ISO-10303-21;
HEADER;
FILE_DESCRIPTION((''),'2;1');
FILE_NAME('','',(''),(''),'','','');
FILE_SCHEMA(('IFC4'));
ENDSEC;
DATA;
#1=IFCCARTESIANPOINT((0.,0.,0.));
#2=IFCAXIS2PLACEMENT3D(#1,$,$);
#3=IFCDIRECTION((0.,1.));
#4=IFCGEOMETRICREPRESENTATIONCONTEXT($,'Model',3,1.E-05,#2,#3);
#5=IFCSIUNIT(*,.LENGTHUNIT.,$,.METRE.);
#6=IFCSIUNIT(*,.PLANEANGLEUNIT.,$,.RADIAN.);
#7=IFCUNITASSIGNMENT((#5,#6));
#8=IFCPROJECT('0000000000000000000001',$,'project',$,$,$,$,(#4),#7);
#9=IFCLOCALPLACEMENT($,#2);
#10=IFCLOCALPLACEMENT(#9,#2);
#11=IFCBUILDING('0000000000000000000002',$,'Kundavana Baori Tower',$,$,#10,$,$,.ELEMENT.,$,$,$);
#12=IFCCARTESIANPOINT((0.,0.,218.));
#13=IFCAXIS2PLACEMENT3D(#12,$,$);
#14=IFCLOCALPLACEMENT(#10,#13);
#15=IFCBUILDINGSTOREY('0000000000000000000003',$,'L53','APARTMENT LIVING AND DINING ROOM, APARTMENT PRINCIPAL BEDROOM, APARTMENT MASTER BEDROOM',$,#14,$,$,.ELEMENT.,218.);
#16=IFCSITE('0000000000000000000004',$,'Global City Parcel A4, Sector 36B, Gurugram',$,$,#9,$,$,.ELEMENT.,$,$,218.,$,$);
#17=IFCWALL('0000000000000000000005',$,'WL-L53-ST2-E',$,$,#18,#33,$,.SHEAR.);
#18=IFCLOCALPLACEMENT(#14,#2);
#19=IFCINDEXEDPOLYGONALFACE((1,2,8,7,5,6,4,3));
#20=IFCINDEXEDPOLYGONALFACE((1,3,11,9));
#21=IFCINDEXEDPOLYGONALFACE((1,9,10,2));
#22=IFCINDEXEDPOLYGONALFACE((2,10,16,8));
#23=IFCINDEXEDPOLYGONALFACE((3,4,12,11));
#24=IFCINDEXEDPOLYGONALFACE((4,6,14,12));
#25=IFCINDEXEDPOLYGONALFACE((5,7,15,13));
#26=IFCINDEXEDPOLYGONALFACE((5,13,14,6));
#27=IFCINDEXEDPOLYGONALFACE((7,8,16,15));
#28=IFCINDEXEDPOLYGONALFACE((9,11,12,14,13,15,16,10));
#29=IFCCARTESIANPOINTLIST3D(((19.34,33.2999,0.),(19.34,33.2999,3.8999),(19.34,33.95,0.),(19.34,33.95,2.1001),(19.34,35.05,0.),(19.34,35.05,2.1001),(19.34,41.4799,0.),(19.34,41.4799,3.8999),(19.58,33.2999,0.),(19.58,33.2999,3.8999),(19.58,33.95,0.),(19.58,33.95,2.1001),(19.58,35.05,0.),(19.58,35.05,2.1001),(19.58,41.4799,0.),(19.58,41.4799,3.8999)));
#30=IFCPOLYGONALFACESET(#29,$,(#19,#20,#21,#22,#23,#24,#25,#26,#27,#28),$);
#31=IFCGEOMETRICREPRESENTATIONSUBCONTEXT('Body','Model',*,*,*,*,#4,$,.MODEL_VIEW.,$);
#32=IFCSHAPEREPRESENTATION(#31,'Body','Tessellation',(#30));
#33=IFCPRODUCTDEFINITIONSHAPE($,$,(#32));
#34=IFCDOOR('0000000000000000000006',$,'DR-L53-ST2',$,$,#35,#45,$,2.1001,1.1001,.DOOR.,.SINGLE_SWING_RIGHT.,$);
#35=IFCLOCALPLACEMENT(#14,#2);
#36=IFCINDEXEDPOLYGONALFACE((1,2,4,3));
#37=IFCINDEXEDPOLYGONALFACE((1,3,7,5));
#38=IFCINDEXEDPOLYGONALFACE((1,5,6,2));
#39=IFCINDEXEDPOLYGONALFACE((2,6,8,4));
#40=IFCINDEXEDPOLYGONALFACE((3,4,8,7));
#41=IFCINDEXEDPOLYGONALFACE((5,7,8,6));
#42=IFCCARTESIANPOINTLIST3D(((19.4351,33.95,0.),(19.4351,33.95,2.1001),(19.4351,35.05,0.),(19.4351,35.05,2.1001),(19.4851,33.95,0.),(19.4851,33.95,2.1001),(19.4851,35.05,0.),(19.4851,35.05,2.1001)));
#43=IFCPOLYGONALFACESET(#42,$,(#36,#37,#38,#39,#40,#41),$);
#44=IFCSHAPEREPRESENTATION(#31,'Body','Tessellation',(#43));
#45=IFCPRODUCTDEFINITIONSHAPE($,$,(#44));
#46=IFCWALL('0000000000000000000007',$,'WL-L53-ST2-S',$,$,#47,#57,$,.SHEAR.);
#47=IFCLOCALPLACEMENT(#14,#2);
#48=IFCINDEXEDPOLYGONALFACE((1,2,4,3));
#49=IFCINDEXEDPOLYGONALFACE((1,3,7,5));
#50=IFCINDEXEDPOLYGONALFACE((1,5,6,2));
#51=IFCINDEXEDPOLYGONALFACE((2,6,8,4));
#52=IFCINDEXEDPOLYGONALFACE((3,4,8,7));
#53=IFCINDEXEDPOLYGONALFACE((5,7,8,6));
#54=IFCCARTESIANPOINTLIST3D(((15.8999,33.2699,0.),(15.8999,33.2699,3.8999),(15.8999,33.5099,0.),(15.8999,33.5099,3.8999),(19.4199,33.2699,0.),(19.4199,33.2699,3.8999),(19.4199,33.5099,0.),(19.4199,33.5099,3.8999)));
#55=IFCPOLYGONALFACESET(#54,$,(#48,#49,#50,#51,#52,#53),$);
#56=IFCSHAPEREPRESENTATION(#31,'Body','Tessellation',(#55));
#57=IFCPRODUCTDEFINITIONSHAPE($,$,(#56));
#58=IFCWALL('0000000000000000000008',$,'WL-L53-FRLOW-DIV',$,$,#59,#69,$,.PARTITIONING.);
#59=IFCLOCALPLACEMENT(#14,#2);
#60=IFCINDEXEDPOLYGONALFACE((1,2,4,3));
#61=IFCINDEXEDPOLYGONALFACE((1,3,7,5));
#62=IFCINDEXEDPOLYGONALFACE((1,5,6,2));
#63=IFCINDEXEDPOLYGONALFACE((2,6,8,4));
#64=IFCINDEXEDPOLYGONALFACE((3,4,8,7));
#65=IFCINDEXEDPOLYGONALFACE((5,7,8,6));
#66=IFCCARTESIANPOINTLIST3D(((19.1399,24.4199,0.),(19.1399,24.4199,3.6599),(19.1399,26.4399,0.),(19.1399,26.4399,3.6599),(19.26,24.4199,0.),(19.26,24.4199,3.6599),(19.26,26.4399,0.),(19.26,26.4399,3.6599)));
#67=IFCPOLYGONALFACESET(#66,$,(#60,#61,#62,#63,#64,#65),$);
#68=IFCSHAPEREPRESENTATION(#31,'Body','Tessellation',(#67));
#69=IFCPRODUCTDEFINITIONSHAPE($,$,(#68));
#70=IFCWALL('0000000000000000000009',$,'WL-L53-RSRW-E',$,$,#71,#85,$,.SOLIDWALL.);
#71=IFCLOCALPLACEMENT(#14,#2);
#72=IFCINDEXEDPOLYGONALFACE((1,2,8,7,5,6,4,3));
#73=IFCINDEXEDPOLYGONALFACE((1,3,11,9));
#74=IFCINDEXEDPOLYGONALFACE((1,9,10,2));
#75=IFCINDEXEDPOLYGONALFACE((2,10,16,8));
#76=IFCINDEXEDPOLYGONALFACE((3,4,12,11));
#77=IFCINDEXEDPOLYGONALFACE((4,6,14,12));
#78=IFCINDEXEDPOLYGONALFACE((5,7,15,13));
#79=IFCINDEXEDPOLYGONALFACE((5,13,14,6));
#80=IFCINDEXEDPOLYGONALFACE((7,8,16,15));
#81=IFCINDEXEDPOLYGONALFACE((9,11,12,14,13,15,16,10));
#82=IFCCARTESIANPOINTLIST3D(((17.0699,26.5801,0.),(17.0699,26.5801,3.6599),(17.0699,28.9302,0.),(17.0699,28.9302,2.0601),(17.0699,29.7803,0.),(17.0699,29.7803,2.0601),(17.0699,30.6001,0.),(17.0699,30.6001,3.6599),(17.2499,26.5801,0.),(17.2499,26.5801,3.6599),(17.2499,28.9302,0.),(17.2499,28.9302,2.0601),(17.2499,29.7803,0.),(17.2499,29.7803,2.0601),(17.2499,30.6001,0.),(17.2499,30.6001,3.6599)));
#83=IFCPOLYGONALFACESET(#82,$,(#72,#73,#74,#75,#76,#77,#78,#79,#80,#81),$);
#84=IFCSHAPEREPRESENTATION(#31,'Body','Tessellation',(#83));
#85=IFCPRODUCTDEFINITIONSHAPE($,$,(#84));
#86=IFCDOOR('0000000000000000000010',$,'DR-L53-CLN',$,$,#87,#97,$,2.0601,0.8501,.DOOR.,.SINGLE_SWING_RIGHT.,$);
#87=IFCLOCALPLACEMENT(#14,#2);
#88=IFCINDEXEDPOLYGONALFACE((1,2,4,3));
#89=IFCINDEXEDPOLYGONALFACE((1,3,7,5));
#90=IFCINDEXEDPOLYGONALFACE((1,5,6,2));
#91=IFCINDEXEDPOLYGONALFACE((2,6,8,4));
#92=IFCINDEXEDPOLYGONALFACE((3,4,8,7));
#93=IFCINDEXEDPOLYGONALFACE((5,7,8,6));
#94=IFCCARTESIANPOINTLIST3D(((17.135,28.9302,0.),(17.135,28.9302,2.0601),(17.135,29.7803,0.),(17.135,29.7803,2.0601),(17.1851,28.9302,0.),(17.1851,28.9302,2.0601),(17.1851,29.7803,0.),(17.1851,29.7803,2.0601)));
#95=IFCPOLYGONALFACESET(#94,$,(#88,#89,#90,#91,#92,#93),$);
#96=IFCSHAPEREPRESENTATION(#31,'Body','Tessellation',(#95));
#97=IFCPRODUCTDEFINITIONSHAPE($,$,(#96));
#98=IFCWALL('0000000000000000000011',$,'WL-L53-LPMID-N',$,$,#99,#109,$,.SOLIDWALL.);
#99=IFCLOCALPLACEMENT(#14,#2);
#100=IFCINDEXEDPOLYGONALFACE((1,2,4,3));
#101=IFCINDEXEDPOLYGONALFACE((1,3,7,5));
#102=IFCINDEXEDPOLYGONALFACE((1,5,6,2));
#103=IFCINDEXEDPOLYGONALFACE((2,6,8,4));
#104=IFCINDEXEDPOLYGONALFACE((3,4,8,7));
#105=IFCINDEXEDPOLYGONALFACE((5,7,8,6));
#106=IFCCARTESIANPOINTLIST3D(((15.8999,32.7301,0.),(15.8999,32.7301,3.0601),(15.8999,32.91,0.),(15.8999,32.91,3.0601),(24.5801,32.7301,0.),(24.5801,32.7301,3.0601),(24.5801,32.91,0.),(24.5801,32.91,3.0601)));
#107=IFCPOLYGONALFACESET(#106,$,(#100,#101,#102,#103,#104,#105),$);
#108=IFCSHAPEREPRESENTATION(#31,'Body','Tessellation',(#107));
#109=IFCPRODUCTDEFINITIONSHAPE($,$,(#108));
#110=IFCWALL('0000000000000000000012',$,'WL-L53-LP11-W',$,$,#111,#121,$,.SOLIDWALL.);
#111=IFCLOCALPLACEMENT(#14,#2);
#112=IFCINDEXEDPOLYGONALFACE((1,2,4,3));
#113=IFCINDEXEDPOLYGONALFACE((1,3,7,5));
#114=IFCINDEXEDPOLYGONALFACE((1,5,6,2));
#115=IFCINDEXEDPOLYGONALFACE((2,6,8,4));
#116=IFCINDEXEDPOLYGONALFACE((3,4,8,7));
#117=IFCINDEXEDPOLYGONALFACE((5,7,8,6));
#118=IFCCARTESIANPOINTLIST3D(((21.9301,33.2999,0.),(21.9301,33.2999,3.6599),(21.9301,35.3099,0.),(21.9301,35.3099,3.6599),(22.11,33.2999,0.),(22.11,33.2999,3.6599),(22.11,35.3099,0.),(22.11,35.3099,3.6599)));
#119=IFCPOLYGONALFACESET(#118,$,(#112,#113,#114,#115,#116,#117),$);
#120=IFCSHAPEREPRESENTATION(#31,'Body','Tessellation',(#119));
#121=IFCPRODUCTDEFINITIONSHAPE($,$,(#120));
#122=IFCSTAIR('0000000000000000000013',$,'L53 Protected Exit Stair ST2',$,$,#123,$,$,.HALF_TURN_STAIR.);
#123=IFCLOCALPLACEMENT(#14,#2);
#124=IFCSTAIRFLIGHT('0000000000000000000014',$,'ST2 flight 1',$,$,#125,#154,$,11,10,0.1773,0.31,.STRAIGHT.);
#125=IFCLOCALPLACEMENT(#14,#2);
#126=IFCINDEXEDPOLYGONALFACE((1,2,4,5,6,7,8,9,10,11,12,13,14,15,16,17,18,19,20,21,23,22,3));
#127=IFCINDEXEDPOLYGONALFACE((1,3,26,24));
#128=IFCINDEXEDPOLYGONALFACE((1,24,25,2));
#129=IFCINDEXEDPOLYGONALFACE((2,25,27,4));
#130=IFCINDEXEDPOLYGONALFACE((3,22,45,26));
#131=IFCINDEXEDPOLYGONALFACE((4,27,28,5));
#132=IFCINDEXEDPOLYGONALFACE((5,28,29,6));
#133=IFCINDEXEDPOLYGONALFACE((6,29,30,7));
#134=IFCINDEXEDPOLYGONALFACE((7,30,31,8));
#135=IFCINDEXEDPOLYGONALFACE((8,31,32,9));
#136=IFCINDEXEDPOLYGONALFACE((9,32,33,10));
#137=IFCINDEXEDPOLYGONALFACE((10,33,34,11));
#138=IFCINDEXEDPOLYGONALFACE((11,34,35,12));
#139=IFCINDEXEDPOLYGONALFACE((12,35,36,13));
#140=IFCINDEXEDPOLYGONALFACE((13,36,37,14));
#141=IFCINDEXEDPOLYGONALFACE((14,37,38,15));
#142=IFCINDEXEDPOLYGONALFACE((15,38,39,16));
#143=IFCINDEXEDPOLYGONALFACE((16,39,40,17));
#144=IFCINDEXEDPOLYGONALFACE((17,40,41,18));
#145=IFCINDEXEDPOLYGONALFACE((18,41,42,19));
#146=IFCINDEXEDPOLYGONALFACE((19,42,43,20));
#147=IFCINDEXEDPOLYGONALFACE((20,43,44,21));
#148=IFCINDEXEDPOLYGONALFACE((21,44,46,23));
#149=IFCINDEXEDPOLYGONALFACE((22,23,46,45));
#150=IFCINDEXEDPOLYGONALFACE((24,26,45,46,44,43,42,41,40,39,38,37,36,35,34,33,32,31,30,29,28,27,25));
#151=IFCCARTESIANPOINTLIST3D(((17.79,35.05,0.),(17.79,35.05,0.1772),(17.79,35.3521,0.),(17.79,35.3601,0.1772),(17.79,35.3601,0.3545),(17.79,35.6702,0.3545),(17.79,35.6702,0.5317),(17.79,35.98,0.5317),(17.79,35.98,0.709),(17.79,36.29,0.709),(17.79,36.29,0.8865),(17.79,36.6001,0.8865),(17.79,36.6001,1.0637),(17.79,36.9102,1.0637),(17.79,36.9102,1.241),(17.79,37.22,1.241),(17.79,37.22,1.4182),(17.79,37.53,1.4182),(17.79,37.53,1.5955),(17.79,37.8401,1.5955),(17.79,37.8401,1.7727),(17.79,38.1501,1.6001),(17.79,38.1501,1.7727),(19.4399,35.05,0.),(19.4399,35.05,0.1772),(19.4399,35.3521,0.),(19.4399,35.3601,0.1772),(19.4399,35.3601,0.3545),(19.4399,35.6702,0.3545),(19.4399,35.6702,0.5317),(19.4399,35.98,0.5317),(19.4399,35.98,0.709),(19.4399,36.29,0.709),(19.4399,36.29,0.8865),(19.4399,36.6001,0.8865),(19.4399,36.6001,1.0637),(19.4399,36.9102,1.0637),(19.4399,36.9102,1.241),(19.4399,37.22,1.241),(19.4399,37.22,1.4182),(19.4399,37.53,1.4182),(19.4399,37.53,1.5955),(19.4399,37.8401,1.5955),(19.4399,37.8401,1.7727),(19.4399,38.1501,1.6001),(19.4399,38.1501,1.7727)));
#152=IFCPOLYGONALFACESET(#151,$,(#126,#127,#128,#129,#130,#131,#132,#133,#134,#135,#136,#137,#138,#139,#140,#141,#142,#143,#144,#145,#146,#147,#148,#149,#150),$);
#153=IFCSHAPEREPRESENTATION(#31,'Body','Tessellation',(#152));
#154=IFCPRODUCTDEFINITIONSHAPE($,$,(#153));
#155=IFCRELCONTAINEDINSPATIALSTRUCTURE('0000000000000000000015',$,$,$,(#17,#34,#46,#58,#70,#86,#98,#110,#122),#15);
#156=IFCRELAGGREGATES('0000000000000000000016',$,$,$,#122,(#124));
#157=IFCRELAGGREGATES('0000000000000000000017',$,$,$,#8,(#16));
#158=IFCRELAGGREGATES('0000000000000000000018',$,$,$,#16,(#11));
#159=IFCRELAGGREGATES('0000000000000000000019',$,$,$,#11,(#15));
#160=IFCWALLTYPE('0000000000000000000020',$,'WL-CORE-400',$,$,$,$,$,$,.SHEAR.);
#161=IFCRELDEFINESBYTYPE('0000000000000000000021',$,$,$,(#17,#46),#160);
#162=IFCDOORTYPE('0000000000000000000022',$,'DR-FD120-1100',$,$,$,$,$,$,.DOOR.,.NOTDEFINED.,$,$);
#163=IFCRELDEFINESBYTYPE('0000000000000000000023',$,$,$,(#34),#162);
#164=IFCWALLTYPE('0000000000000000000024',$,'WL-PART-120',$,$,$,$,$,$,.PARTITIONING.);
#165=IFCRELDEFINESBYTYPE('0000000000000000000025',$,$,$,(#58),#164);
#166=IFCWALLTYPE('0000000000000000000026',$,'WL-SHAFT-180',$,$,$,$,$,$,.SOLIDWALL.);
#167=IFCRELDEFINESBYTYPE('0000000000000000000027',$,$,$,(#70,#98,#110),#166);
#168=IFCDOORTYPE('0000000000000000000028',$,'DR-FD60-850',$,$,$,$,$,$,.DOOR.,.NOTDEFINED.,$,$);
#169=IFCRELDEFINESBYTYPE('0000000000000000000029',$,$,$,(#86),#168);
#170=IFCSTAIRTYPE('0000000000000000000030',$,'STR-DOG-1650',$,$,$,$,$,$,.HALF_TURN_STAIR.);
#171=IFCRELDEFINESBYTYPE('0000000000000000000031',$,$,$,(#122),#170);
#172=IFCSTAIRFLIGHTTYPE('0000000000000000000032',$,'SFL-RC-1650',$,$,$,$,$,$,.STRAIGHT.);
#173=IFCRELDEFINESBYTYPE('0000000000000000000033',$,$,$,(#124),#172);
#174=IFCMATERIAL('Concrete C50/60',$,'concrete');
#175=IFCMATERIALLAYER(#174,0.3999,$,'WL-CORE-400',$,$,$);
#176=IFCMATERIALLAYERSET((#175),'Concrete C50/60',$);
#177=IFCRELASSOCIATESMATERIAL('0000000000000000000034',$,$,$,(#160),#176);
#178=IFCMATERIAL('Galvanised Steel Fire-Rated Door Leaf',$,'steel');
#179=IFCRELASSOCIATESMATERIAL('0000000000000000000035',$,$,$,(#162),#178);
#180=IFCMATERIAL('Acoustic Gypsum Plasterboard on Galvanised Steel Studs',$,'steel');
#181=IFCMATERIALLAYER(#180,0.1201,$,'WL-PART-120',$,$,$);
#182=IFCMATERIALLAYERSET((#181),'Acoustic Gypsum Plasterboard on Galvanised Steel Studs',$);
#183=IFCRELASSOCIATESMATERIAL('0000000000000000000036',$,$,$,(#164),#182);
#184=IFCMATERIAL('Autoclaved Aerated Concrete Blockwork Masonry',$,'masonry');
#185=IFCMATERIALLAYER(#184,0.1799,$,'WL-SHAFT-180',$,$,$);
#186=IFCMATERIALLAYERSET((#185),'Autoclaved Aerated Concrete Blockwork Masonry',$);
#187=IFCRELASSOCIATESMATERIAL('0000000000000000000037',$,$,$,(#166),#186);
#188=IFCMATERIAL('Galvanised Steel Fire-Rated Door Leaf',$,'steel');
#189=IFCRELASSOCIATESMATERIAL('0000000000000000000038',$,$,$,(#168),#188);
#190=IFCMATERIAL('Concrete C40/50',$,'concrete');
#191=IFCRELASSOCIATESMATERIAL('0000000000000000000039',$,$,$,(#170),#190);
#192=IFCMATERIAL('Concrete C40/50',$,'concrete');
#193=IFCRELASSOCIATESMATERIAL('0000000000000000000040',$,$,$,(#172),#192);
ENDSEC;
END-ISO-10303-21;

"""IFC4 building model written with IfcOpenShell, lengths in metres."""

from ifc_helpers import new_model, si_unit, direction, frame, frame_2d, origin, place, context, subcontext, project, spatial, polyline, rectangle, outline, extrude, material, layer, layer_set, type_object, element, fill, aggregate, save


model = new_model("IFC4")

# Units and contexts
model_context = context("Model", 3, precision=1e-05, world=origin(), true_north=direction((0.0, 1.0)))
body_context = subcontext(model_context, "Body", "Model", "MODEL_VIEW")
ifc_project = project(units=[si_unit("LENGTHUNIT", "METRE"), si_unit("PLANEANGLEUNIT", "RADIAN")], contexts=[model_context])

# Site, building, storey
site_placement = place(None, origin())
site = spatial("IfcSite", under=ifc_project, at=site_placement, Name="Global City Parcel A4, Sector 36B, Gurugram", CompositionType="ELEMENT", RefElevation=218.0)
building_placement = place(site_placement, origin())
building = spatial("IfcBuilding", under=site, at=building_placement, Name="Kundavana Baori Tower", CompositionType="ELEMENT")
storey_placement = place(building_placement, frame((0.0, 0.0, 218.0)))
storey = spatial("IfcBuildingStorey", under=building, at=storey_placement, Name="L53", Description="APARTMENT LIVING AND DINING ROOM, APARTMENT PRINCIPAL BEDROOM, APARTMENT MASTER BEDROOM", CompositionType="ELEMENT", Elevation=218.0)

# Wall, opening, door
ifc_material_1 = material(Name="Concrete C50/60", Category="concrete")
ifc_layer_1 = layer(ifc_material_1, 0.3999, Name="WL-CORE-400")
ifc_layer_set_1 = layer_set([ifc_layer_1], Name="Concrete C50/60")
wall_type_1 = type_object("IfcWallType", Name="WL-CORE-400", PredefinedType="SHEAR", material=ifc_layer_set_1)
wall_1_placement = place(storey_placement, frame((19.46, 33.3, 0.0), z_axis=(0.0, 0.0, 1.0), x_axis=(0.0, 1.0, 0.0)))
wall_1 = element("IfcWall", 1, at=wall_1_placement, inside=storey, type_object=wall_type_1, Name="WL-L53-ST2-E", PredefinedType="SHEAR", context=body_context, shape_type="SweptSolid", body=[
    extrude(rectangle(XDim=8.1799, YDim=0.24, at=frame_2d((4.0898, 0.0))), origin(), (0.0, 0.0, 1.0), 3.8999),
])
opening_1_placement = place(wall_1_placement, frame((0.6499, 0.0, 0.0)))
opening_1 = element("IfcOpeningElement", 2, at=opening_1_placement, cuts=wall_1, PredefinedType="OPENING", context=body_context, shape_type="SweptSolid", body=[
    extrude(rectangle(XDim=1.1001, YDim=2.1001, at=frame_2d((0.55, 1.05))), frame((0.0, 0.1299, 0.0), z_axis=(0.0, -1.0, 0.0), x_axis=(1.0, 0.0, 0.0)), (0.0, 0.0, 1.0), 0.26),
])
ifc_material_2 = material(Name="Galvanised Steel Fire-Rated Door Leaf", Category="steel")
door_type_1 = type_object("IfcDoorType", Name="DR-FD120-1100", OperationType="NOTDEFINED", PredefinedType="DOOR", material=ifc_material_2)
door_1_placement = place(opening_1_placement, origin())
door_1 = element("IfcDoor", 3, at=door_1_placement, inside=storey, type_object=door_type_1, Name="DR-L53-ST2", OperationType="SINGLE_SWING_RIGHT", OverallHeight=2.1001, OverallWidth=1.1001, PredefinedType="DOOR", context=body_context, shape_type="SweptSolid", body=[
    extrude(rectangle(XDim=1.1001, YDim=2.1001, at=frame_2d((0.55, 1.05))), frame((0.0, 0.0249, 0.0), z_axis=(0.0, -1.0, 0.0), x_axis=(1.0, 0.0, 0.0)), (0.0, 0.0, 1.0), 0.05),
])
fill(opening_1, door_1)

# Walls
wall_2_placement = place(storey_placement, frame((15.8999, 33.3899, 0.0), z_axis=(0.0, 0.0, 1.0), x_axis=(1.0, 0.0, 0.0)))
element("IfcWall", 4, at=wall_2_placement, inside=storey, type_object=wall_type_1, Name="WL-L53-ST2-S", PredefinedType="SHEAR", context=body_context, shape_type="SweptSolid", body=[
    extrude(rectangle(XDim=3.52, YDim=0.24, at=frame_2d((1.76, 0.0))), origin(), (0.0, 0.0, 1.0), 3.8999),
])
ifc_material_3 = material(Name="Acoustic Gypsum Plasterboard on Galvanised Steel Studs", Category="steel")
ifc_layer_2 = layer(ifc_material_3, 0.1201, Name="WL-PART-120")
ifc_layer_set_2 = layer_set([ifc_layer_2], Name="Acoustic Gypsum Plasterboard on Galvanised Steel Studs")
wall_type_2 = type_object("IfcWallType", Name="WL-PART-120", PredefinedType="PARTITIONING", material=ifc_layer_set_2)
wall_3_placement = place(storey_placement, frame((19.2, 24.4199, 0.0), z_axis=(0.0, 0.0, 1.0), x_axis=(0.0, 1.0, 0.0)))
element("IfcWall", 5, at=wall_3_placement, inside=storey, type_object=wall_type_2, Name="WL-L53-FRLOW-DIV", PredefinedType="PARTITIONING", context=body_context, shape_type="SweptSolid", body=[
    extrude(rectangle(XDim=2.02, YDim=0.1201, at=frame_2d((1.01, 0.0))), origin(), (0.0, 0.0, 1.0), 3.6599),
])

# Wall, opening, door
ifc_material_4 = material(Name="Autoclaved Aerated Concrete Blockwork Masonry", Category="masonry")
ifc_layer_3 = layer(ifc_material_4, 0.1799, Name="WL-SHAFT-180")
ifc_layer_set_3 = layer_set([ifc_layer_3], Name="Autoclaved Aerated Concrete Blockwork Masonry")
wall_type_3 = type_object("IfcWallType", Name="WL-SHAFT-180", PredefinedType="SOLIDWALL", material=ifc_layer_set_3)
wall_4_placement = place(storey_placement, frame((17.1599, 26.5801, 0.0), z_axis=(0.0, 0.0, 1.0), x_axis=(0.0, 1.0, 0.0)))
wall_4 = element("IfcWall", 6, at=wall_4_placement, inside=storey, type_object=wall_type_3, Name="WL-L53-RSRW-E", PredefinedType="SOLIDWALL", context=body_context, shape_type="SweptSolid", body=[
    extrude(rectangle(XDim=4.02, YDim=0.1799, at=frame_2d((2.01, 0.0))), origin(), (0.0, 0.0, 1.0), 3.6599),
])
opening_2_placement = place(wall_4_placement, frame((2.3501, 0.0, 0.0)))
opening_2 = element("IfcOpeningElement", 7, at=opening_2_placement, cuts=wall_4, PredefinedType="OPENING", context=body_context, shape_type="SweptSolid", body=[
    extrude(rectangle(XDim=0.8501, YDim=2.0601, at=frame_2d((0.425, 1.03))), frame((0.0, 0.1001, 0.0), z_axis=(0.0, -1.0, 0.0), x_axis=(1.0, 0.0, 0.0)), (0.0, 0.0, 1.0), 0.2),
])
ifc_material_5 = material(Name="Galvanised Steel Fire-Rated Door Leaf", Category="steel")
door_type_2 = type_object("IfcDoorType", Name="DR-FD60-850", OperationType="NOTDEFINED", PredefinedType="DOOR", material=ifc_material_5)
door_2_placement = place(opening_2_placement, origin())
door_2 = element("IfcDoor", 8, at=door_2_placement, inside=storey, type_object=door_type_2, Name="DR-L53-CLN", OperationType="SINGLE_SWING_RIGHT", OverallHeight=2.0601, OverallWidth=0.8501, PredefinedType="DOOR", context=body_context, shape_type="SweptSolid", body=[
    extrude(rectangle(XDim=0.8501, YDim=2.0601, at=frame_2d((0.425, 1.03))), frame((0.0, 0.0249, 0.0), z_axis=(0.0, -1.0, 0.0), x_axis=(1.0, 0.0, 0.0)), (0.0, 0.0, 1.0), 0.05),
])
fill(opening_2, door_2)

# Walls
wall_5_placement = place(storey_placement, frame((15.8999, 32.8201, 0.0), z_axis=(0.0, 0.0, 1.0), x_axis=(1.0, 0.0, 0.0)))
element("IfcWall", 9, at=wall_5_placement, inside=storey, type_object=wall_type_3, Name="WL-L53-LPMID-N", PredefinedType="SOLIDWALL", context=body_context, shape_type="SweptSolid", body=[
    extrude(rectangle(XDim=8.6802, YDim=0.1799, at=frame_2d((4.3401, 0.0))), origin(), (0.0, 0.0, 1.0), 3.0601),
])
wall_6_placement = place(storey_placement, frame((22.02, 33.3, 0.0), z_axis=(0.0, 0.0, 1.0), x_axis=(0.0, 1.0, 0.0)))
element("IfcWall", 10, at=wall_6_placement, inside=storey, type_object=wall_type_3, Name="WL-L53-LP11-W", PredefinedType="SOLIDWALL", context=body_context, shape_type="SweptSolid", body=[
    extrude(rectangle(XDim=2.01, YDim=0.1799, at=frame_2d((1.0049, 0.0))), origin(), (0.0, 0.0, 1.0), 3.6599),
])

# Stair, stair flight
ifc_material_6 = material(Name="Concrete C40/50", Category="concrete")
stair_type = type_object("IfcStairType", Name="STR-DOG-1650", PredefinedType="HALF_TURN_STAIR", material=ifc_material_6)
stair_placement = place(storey_placement, origin())
stair = element("IfcStair", 11, at=stair_placement, inside=storey, type_object=stair_type, Name="L53 Protected Exit Stair ST2", PredefinedType="HALF_TURN_STAIR")
ifc_material_7 = material(Name="Concrete C40/50", Category="concrete")
stair_flight_type = type_object("IfcStairFlightType", Name="SFL-RC-1650", PredefinedType="STRAIGHT", material=ifc_material_7)
stair_flight_placement = place(storey_placement, frame((18.615, 35.05, 0.0), z_axis=(0.0, 0.0, 1.0), x_axis=(0.0, 1.0, 0.0)))
stair_flight = element("IfcStairFlight", 12, at=stair_flight_placement, type_object=stair_flight_type, Name="ST2 flight 1", NumberOfRisers=11, NumberOfTreads=10, PredefinedType="STRAIGHT", RiserHeight=0.1773, TreadLength=0.31, context=body_context, shape_type="SweptSolid", body=[
    extrude(outline(polyline([(0.0, 0.0), (0.0, 0.1772), (0.3101, 0.1772), (0.3101, 0.3545), (0.6201, 0.3545), (0.6201, 0.5317), (0.9299, 0.5317), (0.9299, 0.709), (1.24, 0.709), (1.24, 0.8865), (1.55, 0.8865), (1.55, 1.0637), (1.8601, 1.0637), (1.8601, 1.241), (2.1699, 1.241), (2.1699, 1.4182), (2.48, 1.4182), (2.48, 1.5955), (2.79, 1.5955), (2.79, 1.7727), (3.1001, 1.7727), (3.1001, 1.95), (3.1001, 1.6001), (0.302, 0.0), (0.0, 0.0)])), frame((0.0, 0.825, 0.0), z_axis=(0.0, -1.0, 0.0), x_axis=(1.0, 0.0, 0.0)), (0.0, 0.0, 1.0), 1.6499),
])
aggregate(stair, [stair_flight])

save(model, "model.ifc")
